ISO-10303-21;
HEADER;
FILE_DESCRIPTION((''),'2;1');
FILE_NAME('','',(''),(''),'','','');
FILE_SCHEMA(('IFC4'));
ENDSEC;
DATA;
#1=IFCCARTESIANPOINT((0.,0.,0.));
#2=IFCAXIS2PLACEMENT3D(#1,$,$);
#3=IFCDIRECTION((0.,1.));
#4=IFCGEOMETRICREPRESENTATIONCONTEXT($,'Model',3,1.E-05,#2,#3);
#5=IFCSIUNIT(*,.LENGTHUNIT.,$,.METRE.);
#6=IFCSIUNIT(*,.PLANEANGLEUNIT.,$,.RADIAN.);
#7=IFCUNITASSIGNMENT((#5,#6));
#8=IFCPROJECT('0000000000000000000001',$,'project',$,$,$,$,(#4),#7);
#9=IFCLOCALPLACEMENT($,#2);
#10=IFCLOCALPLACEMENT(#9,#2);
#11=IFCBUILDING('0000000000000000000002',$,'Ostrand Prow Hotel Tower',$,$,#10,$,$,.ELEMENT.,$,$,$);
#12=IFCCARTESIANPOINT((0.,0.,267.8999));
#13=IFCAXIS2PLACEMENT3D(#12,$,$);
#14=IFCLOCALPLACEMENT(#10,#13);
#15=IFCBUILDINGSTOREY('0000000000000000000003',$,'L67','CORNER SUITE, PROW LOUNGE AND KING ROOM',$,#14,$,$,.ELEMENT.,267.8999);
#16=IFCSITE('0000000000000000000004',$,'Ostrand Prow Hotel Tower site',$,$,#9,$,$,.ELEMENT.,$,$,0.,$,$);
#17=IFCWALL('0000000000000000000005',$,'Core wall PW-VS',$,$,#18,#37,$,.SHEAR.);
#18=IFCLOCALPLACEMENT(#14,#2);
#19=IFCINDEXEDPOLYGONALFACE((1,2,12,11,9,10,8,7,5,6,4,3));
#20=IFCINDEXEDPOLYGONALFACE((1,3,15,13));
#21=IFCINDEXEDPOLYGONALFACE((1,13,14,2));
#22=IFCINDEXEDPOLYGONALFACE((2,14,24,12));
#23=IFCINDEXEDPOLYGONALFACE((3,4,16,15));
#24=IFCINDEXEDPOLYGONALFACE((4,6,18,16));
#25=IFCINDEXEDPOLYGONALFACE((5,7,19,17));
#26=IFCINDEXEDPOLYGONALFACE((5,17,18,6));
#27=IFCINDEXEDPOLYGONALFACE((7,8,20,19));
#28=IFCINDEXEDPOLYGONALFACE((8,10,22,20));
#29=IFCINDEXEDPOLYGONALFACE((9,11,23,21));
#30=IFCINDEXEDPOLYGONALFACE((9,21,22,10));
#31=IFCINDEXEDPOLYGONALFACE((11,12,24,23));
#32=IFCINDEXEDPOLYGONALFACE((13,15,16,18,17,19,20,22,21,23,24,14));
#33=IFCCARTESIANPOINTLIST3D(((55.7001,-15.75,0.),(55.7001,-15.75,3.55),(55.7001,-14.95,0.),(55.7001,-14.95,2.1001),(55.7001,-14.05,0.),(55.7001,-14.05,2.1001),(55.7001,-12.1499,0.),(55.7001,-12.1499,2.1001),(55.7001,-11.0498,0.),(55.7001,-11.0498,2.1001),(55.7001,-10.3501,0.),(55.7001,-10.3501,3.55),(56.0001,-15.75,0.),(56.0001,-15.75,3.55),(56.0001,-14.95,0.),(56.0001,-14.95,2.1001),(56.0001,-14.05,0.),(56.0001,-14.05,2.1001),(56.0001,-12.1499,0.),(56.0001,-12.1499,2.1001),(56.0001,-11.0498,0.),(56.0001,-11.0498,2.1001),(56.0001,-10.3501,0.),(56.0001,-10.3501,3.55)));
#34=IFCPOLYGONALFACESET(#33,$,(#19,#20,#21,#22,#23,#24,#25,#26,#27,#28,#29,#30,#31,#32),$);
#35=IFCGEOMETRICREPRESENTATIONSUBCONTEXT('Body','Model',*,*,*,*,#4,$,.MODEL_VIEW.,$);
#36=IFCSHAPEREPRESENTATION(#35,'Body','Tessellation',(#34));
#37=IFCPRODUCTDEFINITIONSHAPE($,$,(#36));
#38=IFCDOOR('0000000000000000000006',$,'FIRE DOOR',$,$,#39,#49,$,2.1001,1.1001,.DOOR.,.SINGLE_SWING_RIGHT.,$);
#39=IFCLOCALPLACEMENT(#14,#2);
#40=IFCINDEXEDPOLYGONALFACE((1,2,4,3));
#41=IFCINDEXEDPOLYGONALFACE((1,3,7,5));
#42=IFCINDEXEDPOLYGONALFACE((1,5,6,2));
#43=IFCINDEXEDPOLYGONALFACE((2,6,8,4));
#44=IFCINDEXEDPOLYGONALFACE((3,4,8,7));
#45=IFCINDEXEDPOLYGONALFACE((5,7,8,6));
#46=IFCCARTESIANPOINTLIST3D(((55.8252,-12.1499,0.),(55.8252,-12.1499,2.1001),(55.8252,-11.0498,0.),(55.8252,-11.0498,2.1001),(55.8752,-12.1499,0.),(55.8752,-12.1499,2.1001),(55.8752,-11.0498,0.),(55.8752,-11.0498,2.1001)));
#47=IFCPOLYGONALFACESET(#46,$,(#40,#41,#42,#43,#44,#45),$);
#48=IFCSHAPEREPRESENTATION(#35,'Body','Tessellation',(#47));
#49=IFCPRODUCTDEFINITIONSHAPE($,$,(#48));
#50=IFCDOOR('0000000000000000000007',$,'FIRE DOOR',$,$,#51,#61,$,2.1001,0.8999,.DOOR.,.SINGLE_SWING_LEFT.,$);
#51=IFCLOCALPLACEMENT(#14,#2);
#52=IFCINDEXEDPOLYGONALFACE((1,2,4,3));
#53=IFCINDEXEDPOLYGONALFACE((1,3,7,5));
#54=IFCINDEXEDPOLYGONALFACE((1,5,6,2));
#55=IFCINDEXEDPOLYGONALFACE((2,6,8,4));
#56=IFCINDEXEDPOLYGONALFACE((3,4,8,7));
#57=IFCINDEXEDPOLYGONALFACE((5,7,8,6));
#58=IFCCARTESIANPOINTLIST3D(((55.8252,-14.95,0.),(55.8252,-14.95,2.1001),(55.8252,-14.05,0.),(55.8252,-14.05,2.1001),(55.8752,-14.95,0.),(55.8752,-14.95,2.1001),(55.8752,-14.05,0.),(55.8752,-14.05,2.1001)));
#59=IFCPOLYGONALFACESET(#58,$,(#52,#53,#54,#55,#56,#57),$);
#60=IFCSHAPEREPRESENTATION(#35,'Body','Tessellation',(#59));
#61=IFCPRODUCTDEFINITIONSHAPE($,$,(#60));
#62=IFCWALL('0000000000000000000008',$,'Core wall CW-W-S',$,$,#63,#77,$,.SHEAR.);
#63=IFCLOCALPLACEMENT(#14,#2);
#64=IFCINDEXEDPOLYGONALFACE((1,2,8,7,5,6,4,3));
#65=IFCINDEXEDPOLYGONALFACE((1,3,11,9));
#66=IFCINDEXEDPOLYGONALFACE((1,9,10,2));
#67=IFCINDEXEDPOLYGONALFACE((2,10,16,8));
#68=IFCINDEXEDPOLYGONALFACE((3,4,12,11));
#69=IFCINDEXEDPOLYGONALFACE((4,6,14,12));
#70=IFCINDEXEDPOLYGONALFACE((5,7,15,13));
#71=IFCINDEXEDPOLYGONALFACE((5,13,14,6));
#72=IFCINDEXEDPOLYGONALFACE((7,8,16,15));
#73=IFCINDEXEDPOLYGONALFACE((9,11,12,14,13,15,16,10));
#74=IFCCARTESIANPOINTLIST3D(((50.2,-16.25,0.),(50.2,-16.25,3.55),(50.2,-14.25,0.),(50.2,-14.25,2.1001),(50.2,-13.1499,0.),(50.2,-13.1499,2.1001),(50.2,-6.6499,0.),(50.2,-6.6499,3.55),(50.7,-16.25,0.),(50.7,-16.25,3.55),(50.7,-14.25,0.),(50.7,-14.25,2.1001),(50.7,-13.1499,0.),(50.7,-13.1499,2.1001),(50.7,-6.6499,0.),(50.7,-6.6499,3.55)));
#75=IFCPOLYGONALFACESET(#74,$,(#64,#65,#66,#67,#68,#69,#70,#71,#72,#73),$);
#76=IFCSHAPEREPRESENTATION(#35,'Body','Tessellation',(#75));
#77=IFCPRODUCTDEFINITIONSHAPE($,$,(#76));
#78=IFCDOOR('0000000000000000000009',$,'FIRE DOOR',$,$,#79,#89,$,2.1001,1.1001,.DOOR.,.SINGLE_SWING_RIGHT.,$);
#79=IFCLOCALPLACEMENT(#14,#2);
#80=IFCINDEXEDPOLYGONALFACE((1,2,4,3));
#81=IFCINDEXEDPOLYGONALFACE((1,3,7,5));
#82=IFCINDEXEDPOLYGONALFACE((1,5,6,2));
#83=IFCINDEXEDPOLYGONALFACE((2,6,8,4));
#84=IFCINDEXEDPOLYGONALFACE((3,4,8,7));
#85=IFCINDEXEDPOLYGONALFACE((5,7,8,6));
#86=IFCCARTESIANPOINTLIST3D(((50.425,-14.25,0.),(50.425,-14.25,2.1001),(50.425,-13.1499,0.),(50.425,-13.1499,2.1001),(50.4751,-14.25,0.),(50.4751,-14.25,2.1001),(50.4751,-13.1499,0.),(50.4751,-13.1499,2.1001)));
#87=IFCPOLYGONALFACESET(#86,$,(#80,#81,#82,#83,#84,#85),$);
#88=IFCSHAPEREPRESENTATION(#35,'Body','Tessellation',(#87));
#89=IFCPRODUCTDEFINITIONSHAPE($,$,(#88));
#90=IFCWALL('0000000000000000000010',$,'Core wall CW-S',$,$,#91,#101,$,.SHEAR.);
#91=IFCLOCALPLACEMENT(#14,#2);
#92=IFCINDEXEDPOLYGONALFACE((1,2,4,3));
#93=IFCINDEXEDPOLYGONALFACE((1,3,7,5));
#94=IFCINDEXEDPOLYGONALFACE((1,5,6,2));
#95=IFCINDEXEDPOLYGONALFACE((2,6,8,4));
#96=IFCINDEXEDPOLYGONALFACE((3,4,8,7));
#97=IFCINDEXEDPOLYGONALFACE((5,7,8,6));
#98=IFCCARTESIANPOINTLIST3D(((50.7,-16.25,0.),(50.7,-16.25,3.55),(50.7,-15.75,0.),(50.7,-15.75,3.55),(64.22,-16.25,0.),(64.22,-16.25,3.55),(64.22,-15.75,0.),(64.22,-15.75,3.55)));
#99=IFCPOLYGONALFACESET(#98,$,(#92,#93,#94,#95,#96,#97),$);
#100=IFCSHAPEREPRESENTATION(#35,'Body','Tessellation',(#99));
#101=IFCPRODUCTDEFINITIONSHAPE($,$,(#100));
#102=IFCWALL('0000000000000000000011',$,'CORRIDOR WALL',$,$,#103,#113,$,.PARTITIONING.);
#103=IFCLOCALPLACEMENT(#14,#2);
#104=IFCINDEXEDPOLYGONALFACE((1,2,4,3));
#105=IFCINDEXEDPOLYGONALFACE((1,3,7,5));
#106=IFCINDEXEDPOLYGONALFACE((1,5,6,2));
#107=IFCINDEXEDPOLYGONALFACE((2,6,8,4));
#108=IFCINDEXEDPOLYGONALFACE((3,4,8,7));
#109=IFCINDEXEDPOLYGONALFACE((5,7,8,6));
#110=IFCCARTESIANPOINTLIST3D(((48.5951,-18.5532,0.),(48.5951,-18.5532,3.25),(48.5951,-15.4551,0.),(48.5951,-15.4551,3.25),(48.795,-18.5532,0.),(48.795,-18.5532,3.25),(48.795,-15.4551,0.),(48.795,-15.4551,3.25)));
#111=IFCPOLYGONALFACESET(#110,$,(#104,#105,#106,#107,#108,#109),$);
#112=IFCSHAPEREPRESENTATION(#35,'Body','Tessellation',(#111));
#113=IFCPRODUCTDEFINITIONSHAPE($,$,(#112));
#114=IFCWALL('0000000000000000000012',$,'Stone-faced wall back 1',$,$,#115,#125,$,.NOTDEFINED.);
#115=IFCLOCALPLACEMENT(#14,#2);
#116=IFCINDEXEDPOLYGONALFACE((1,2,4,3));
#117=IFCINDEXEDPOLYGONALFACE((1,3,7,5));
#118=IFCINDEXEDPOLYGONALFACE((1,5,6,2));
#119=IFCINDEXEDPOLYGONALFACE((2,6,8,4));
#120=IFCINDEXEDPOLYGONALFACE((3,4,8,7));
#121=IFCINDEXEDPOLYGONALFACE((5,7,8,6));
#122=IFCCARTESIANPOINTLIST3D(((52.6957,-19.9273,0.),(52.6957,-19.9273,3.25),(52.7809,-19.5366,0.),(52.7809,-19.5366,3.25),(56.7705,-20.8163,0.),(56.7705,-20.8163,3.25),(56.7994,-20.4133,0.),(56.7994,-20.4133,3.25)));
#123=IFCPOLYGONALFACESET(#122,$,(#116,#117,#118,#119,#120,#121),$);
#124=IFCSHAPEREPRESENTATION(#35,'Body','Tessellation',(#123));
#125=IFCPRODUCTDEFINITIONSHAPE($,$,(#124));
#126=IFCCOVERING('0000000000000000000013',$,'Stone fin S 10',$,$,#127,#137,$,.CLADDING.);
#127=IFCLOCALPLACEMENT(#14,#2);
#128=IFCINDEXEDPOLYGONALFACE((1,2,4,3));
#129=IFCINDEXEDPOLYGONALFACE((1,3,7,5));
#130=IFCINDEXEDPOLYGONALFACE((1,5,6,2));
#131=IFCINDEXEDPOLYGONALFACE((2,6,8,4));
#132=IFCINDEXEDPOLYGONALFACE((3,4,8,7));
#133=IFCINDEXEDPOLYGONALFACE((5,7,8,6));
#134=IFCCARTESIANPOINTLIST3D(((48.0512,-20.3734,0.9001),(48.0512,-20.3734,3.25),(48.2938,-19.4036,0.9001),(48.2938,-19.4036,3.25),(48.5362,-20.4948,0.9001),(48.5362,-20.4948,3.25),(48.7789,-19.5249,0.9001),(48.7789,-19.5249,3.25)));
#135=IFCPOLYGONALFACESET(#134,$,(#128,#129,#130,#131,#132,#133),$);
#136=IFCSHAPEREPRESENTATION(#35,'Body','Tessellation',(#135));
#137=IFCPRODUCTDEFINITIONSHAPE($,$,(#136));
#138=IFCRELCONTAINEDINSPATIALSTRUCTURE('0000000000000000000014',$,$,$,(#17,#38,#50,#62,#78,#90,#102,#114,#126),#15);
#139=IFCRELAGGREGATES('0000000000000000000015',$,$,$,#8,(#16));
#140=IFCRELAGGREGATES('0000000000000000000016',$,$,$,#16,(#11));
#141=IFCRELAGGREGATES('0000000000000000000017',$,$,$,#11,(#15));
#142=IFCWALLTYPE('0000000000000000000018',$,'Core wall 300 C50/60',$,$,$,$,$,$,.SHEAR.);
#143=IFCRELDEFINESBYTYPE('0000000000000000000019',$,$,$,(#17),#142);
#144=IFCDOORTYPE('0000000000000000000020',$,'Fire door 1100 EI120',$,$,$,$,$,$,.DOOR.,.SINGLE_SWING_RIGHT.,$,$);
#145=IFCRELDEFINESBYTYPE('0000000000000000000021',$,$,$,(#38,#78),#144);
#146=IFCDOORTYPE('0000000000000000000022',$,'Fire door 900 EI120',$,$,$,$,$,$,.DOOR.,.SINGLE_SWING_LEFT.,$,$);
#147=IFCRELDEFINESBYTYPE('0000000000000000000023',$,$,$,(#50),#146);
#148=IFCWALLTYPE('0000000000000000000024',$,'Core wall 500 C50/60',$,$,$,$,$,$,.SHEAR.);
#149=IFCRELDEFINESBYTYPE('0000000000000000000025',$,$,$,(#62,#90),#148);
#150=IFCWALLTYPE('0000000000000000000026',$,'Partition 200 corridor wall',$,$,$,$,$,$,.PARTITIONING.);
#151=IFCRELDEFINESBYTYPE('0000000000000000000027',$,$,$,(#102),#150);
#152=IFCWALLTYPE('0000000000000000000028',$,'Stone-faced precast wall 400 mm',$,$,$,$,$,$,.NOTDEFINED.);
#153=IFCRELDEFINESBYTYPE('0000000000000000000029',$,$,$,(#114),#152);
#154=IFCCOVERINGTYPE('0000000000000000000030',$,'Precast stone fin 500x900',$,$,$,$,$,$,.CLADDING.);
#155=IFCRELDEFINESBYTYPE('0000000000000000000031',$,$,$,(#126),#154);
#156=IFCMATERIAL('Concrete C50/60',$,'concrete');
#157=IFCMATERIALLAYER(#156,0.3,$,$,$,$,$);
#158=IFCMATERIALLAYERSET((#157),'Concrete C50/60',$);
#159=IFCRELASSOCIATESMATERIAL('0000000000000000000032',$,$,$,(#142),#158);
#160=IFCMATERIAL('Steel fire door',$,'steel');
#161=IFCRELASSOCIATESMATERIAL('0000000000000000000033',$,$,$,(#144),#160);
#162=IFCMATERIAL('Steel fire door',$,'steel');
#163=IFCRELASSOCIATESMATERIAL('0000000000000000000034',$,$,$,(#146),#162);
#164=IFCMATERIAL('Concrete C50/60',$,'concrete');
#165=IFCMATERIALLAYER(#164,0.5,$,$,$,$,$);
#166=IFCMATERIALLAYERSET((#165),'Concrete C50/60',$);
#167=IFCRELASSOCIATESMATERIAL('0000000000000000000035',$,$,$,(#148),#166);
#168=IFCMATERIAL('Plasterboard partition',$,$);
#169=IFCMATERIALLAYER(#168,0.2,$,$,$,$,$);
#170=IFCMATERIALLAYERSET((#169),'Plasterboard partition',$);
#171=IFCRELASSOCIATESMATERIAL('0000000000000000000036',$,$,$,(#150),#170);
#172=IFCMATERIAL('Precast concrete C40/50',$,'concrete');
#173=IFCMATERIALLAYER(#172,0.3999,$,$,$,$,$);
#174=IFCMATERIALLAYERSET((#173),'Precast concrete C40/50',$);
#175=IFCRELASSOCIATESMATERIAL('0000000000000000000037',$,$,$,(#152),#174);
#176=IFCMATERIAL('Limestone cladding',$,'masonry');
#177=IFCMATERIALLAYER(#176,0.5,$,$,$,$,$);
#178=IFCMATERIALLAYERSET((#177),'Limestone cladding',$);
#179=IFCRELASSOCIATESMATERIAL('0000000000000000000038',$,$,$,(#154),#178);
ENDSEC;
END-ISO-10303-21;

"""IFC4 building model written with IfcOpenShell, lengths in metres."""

from ifc_helpers import new_model, si_unit, direction, frame, frame_2d, origin, place, context, subcontext, project, spatial, polyline, rectangle, outline, extrude, material, layer, layer_set, type_object, element, fill, save


model = new_model("IFC4")

# Units and contexts
model_context = context("Model", 3, precision=1e-05, world=origin(), true_north=direction((0.0, 1.0)))
body_context = subcontext(model_context, "Body", "Model", "MODEL_VIEW")
ifc_project = project(units=[si_unit("LENGTHUNIT", "METRE"), si_unit("PLANEANGLEUNIT", "RADIAN")], contexts=[model_context])

# Site, building, storey
site_placement = place(None, origin())
site = spatial("IfcSite", under=ifc_project, at=site_placement, Name="Ostrand Prow Hotel Tower site", CompositionType="ELEMENT", RefElevation=0.0)
building_placement = place(site_placement, origin())
building = spatial("IfcBuilding", under=site, at=building_placement, Name="Ostrand Prow Hotel Tower", CompositionType="ELEMENT")
storey_placement = place(building_placement, frame((0.0, 0.0, 267.8999)))
storey = spatial("IfcBuildingStorey", under=building, at=storey_placement, Name="L67", Description="CORNER SUITE, PROW LOUNGE AND KING ROOM", CompositionType="ELEMENT", Elevation=267.8999)

# Wall, openings, doors
ifc_material_1 = material(Name="Concrete C50/60", Category="concrete")
ifc_layer_1 = layer(ifc_material_1, 0.3)
ifc_layer_set_1 = layer_set([ifc_layer_1], Name="Concrete C50/60")
wall_type_1 = type_object("IfcWallType", Name="Core wall 300 C50/60", PredefinedType="SHEAR", material=ifc_layer_set_1)
wall_1_placement = place(storey_placement, frame((55.8501, -15.75, 0.0), z_axis=(0.0, 0.0, 1.0), x_axis=(0.0, 1.0, 0.0)))
wall_1 = element("IfcWall", 1, at=wall_1_placement, inside=storey, type_object=wall_type_1, Name="Core wall PW-VS", PredefinedType="SHEAR", context=body_context, shape_type="SweptSolid", body=[
    extrude(rectangle(XDim=5.3999, YDim=0.3, at=frame_2d((2.7, 0.0))), origin(), (0.0, 0.0, 1.0), 3.55),
])
opening_1_placement = place(wall_1_placement, frame((3.6001, 0.0, 0.0)))
opening_1 = element("IfcOpeningElement", 2, at=opening_1_placement, cuts=wall_1, PredefinedType="OPENING", context=body_context, shape_type="SweptSolid", body=[
    extrude(rectangle(XDim=1.1001, YDim=2.1001, at=frame_2d((0.55, 1.05))), frame((0.0, 0.1599, 0.0), z_axis=(0.0, -1.0, 0.0), x_axis=(1.0, 0.0, 0.0)), (0.0, 0.0, 1.0), 0.3201),
])
opening_2_placement = place(wall_1_placement, frame((0.8, 0.0, 0.0)))
opening_2 = element("IfcOpeningElement", 3, at=opening_2_placement, cuts=wall_1, PredefinedType="OPENING", context=body_context, shape_type="SweptSolid", body=[
    extrude(rectangle(XDim=0.8999, YDim=2.1001, at=frame_2d((0.45, 1.05))), frame((0.0, 0.1599, 0.0), z_axis=(0.0, -1.0, 0.0), x_axis=(1.0, 0.0, 0.0)), (0.0, 0.0, 1.0), 0.3201),
])
ifc_material_2 = material(Name="Steel fire door", Category="steel")
door_type_1 = type_object("IfcDoorType", Name="Fire door 1100 EI120", OperationType="SINGLE_SWING_RIGHT", PredefinedType="DOOR", material=ifc_material_2)
door_1_placement = place(opening_1_placement, origin())
door_1 = element("IfcDoor", 4, at=door_1_placement, inside=storey, type_object=door_type_1, Name="FIRE DOOR", OperationType="SINGLE_SWING_RIGHT", OverallHeight=2.1001, OverallWidth=1.1001, PredefinedType="DOOR", context=body_context, shape_type="SweptSolid", body=[
    extrude(rectangle(XDim=1.1001, YDim=2.1001, at=frame_2d((0.55, 1.05))), frame((0.0, 0.0249, 0.0), z_axis=(0.0, -1.0, 0.0), x_axis=(1.0, 0.0, 0.0)), (0.0, 0.0, 1.0), 0.05),
])
fill(opening_1, door_1)
ifc_material_3 = material(Name="Steel fire door", Category="steel")
door_type_2 = type_object("IfcDoorType", Name="Fire door 900 EI120", OperationType="SINGLE_SWING_LEFT", PredefinedType="DOOR", material=ifc_material_3)
door_2_placement = place(opening_2_placement, origin())
door_2 = element("IfcDoor", 5, at=door_2_placement, inside=storey, type_object=door_type_2, Name="FIRE DOOR", OperationType="SINGLE_SWING_LEFT", OverallHeight=2.1001, OverallWidth=0.8999, PredefinedType="DOOR", context=body_context, shape_type="SweptSolid", body=[
    extrude(rectangle(XDim=0.8999, YDim=2.1001, at=frame_2d((0.45, 1.05))), frame((0.0, 0.0249, 0.0), z_axis=(0.0, -1.0, 0.0), x_axis=(1.0, 0.0, 0.0)), (0.0, 0.0, 1.0), 0.05),
])
fill(opening_2, door_2)

# Wall, opening, door
ifc_material_4 = material(Name="Concrete C50/60", Category="concrete")
ifc_layer_2 = layer(ifc_material_4, 0.5)
ifc_layer_set_2 = layer_set([ifc_layer_2], Name="Concrete C50/60")
wall_type_2 = type_object("IfcWallType", Name="Core wall 500 C50/60", PredefinedType="SHEAR", material=ifc_layer_set_2)
wall_2_placement = place(storey_placement, frame((50.45, -16.25, 0.0), z_axis=(0.0, 0.0, 1.0), x_axis=(0.0, 1.0, 0.0)))
wall_2 = element("IfcWall", 6, at=wall_2_placement, inside=storey, type_object=wall_type_2, Name="Core wall CW-W-S", PredefinedType="SHEAR", context=body_context, shape_type="SweptSolid", body=[
    extrude(rectangle(XDim=9.6001, YDim=0.5, at=frame_2d((4.8, 0.0))), origin(), (0.0, 0.0, 1.0), 3.55),
])
opening_3_placement = place(wall_2_placement, frame((2.0, 0.0, 0.0)))
opening_3 = element("IfcOpeningElement", 7, at=opening_3_placement, cuts=wall_2, PredefinedType="OPENING", context=body_context, shape_type="SweptSolid", body=[
    extrude(rectangle(XDim=1.1001, YDim=2.1001, at=frame_2d((0.55, 1.05))), frame((0.0, 0.26, 0.0), z_axis=(0.0, -1.0, 0.0), x_axis=(1.0, 0.0, 0.0)), (0.0, 0.0, 1.0), 0.52),
])
door_3_placement = place(opening_3_placement, origin())
door_3 = element("IfcDoor", 8, at=door_3_placement, inside=storey, type_object=door_type_1, Name="FIRE DOOR", OperationType="SINGLE_SWING_RIGHT", OverallHeight=2.1001, OverallWidth=1.1001, PredefinedType="DOOR", context=body_context, shape_type="SweptSolid", body=[
    extrude(rectangle(XDim=1.1001, YDim=2.1001, at=frame_2d((0.55, 1.05))), frame((0.0, 0.0249, 0.0), z_axis=(0.0, -1.0, 0.0), x_axis=(1.0, 0.0, 0.0)), (0.0, 0.0, 1.0), 0.05),
])
fill(opening_3, door_3)

# Walls
wall_3_placement = place(storey_placement, frame((50.7, -16.0, 0.0), z_axis=(0.0, 0.0, 1.0), x_axis=(1.0, 0.0, 0.0)))
element("IfcWall", 9, at=wall_3_placement, inside=storey, type_object=wall_type_2, Name="Core wall CW-S", PredefinedType="SHEAR", context=body_context, shape_type="SweptSolid", body=[
    extrude(rectangle(XDim=13.52, YDim=0.5, at=frame_2d((6.76, 0.0))), origin(), (0.0, 0.0, 1.0), 3.55),
])
ifc_material_5 = material(Name="Plasterboard partition")
ifc_layer_3 = layer(ifc_material_5, 0.2)
ifc_layer_set_3 = layer_set([ifc_layer_3], Name="Plasterboard partition")
wall_type_3 = type_object("IfcWallType", Name="Partition 200 corridor wall", PredefinedType="PARTITIONING", material=ifc_layer_set_3)
wall_4_placement = place(storey_placement, frame((48.6951, -15.4551, 0.0), z_axis=(0.0, 0.0, 1.0), x_axis=(0.0, -1.0, 0.0)))
element("IfcWall", 10, at=wall_4_placement, inside=storey, type_object=wall_type_3, Name="CORRIDOR WALL", PredefinedType="PARTITIONING", context=body_context, shape_type="SweptSolid", body=[
    extrude(rectangle(XDim=3.0981, YDim=0.2, at=frame_2d((1.5491, 0.0))), origin(), (0.0, 0.0, 1.0), 3.25),
])
ifc_material_6 = material(Name="Precast concrete C40/50", Category="concrete")
ifc_layer_4 = layer(ifc_material_6, 0.3999)
ifc_layer_set_4 = layer_set([ifc_layer_4], Name="Precast concrete C40/50")
wall_type_4 = type_object("IfcWallType", Name="Stone-faced precast wall 400 mm", PredefinedType="NOTDEFINED", material=ifc_layer_set_4)
wall_5_placement = place(storey_placement, frame((52.7383, -19.7319, 0.0), z_axis=(0.0, 0.0, 1.0), x_axis=(0.97702, -0.213147, 0.0)))
element("IfcWall", 11, at=wall_5_placement, inside=storey, type_object=wall_type_4, Name="Stone-faced wall back 1", PredefinedType="NOTDEFINED", context=body_context, shape_type="SweptSolid", body=[
    extrude(outline(polyline([(0.0, -0.2), (4.1707, -0.2), (4.113, 0.2), (0.0, 0.2), (0.0, -0.2)])), origin(), (0.0, 0.0, 1.0), 3.25),
])

# Covering
ifc_material_7 = material(Name="Limestone cladding", Category="masonry")
ifc_layer_5 = layer(ifc_material_7, 0.5)
ifc_layer_set_5 = layer_set([ifc_layer_5], Name="Limestone cladding")
covering_type = type_object("IfcCoveringType", Name="Precast stone fin 500x900", PredefinedType="CLADDING", material=ifc_layer_set_5)
covering_placement = place(storey_placement, frame((48.5364, -19.4641, 0.9001), z_axis=(0.0, 0.0, 1.0), x_axis=(-0.242708, -0.970099, 0.0)))
element("IfcCovering", 12, at=covering_placement, inside=storey, type_object=covering_type, Name="Stone fin S 10", PredefinedType="CLADDING", context=body_context, shape_type="SweptSolid", body=[
    extrude(rectangle(XDim=0.9998, YDim=0.5, at=frame_2d((0.5, 0.0))), origin(), (0.0, 0.0, 1.0), 2.3499),
])

save(model, "model.ifc")
